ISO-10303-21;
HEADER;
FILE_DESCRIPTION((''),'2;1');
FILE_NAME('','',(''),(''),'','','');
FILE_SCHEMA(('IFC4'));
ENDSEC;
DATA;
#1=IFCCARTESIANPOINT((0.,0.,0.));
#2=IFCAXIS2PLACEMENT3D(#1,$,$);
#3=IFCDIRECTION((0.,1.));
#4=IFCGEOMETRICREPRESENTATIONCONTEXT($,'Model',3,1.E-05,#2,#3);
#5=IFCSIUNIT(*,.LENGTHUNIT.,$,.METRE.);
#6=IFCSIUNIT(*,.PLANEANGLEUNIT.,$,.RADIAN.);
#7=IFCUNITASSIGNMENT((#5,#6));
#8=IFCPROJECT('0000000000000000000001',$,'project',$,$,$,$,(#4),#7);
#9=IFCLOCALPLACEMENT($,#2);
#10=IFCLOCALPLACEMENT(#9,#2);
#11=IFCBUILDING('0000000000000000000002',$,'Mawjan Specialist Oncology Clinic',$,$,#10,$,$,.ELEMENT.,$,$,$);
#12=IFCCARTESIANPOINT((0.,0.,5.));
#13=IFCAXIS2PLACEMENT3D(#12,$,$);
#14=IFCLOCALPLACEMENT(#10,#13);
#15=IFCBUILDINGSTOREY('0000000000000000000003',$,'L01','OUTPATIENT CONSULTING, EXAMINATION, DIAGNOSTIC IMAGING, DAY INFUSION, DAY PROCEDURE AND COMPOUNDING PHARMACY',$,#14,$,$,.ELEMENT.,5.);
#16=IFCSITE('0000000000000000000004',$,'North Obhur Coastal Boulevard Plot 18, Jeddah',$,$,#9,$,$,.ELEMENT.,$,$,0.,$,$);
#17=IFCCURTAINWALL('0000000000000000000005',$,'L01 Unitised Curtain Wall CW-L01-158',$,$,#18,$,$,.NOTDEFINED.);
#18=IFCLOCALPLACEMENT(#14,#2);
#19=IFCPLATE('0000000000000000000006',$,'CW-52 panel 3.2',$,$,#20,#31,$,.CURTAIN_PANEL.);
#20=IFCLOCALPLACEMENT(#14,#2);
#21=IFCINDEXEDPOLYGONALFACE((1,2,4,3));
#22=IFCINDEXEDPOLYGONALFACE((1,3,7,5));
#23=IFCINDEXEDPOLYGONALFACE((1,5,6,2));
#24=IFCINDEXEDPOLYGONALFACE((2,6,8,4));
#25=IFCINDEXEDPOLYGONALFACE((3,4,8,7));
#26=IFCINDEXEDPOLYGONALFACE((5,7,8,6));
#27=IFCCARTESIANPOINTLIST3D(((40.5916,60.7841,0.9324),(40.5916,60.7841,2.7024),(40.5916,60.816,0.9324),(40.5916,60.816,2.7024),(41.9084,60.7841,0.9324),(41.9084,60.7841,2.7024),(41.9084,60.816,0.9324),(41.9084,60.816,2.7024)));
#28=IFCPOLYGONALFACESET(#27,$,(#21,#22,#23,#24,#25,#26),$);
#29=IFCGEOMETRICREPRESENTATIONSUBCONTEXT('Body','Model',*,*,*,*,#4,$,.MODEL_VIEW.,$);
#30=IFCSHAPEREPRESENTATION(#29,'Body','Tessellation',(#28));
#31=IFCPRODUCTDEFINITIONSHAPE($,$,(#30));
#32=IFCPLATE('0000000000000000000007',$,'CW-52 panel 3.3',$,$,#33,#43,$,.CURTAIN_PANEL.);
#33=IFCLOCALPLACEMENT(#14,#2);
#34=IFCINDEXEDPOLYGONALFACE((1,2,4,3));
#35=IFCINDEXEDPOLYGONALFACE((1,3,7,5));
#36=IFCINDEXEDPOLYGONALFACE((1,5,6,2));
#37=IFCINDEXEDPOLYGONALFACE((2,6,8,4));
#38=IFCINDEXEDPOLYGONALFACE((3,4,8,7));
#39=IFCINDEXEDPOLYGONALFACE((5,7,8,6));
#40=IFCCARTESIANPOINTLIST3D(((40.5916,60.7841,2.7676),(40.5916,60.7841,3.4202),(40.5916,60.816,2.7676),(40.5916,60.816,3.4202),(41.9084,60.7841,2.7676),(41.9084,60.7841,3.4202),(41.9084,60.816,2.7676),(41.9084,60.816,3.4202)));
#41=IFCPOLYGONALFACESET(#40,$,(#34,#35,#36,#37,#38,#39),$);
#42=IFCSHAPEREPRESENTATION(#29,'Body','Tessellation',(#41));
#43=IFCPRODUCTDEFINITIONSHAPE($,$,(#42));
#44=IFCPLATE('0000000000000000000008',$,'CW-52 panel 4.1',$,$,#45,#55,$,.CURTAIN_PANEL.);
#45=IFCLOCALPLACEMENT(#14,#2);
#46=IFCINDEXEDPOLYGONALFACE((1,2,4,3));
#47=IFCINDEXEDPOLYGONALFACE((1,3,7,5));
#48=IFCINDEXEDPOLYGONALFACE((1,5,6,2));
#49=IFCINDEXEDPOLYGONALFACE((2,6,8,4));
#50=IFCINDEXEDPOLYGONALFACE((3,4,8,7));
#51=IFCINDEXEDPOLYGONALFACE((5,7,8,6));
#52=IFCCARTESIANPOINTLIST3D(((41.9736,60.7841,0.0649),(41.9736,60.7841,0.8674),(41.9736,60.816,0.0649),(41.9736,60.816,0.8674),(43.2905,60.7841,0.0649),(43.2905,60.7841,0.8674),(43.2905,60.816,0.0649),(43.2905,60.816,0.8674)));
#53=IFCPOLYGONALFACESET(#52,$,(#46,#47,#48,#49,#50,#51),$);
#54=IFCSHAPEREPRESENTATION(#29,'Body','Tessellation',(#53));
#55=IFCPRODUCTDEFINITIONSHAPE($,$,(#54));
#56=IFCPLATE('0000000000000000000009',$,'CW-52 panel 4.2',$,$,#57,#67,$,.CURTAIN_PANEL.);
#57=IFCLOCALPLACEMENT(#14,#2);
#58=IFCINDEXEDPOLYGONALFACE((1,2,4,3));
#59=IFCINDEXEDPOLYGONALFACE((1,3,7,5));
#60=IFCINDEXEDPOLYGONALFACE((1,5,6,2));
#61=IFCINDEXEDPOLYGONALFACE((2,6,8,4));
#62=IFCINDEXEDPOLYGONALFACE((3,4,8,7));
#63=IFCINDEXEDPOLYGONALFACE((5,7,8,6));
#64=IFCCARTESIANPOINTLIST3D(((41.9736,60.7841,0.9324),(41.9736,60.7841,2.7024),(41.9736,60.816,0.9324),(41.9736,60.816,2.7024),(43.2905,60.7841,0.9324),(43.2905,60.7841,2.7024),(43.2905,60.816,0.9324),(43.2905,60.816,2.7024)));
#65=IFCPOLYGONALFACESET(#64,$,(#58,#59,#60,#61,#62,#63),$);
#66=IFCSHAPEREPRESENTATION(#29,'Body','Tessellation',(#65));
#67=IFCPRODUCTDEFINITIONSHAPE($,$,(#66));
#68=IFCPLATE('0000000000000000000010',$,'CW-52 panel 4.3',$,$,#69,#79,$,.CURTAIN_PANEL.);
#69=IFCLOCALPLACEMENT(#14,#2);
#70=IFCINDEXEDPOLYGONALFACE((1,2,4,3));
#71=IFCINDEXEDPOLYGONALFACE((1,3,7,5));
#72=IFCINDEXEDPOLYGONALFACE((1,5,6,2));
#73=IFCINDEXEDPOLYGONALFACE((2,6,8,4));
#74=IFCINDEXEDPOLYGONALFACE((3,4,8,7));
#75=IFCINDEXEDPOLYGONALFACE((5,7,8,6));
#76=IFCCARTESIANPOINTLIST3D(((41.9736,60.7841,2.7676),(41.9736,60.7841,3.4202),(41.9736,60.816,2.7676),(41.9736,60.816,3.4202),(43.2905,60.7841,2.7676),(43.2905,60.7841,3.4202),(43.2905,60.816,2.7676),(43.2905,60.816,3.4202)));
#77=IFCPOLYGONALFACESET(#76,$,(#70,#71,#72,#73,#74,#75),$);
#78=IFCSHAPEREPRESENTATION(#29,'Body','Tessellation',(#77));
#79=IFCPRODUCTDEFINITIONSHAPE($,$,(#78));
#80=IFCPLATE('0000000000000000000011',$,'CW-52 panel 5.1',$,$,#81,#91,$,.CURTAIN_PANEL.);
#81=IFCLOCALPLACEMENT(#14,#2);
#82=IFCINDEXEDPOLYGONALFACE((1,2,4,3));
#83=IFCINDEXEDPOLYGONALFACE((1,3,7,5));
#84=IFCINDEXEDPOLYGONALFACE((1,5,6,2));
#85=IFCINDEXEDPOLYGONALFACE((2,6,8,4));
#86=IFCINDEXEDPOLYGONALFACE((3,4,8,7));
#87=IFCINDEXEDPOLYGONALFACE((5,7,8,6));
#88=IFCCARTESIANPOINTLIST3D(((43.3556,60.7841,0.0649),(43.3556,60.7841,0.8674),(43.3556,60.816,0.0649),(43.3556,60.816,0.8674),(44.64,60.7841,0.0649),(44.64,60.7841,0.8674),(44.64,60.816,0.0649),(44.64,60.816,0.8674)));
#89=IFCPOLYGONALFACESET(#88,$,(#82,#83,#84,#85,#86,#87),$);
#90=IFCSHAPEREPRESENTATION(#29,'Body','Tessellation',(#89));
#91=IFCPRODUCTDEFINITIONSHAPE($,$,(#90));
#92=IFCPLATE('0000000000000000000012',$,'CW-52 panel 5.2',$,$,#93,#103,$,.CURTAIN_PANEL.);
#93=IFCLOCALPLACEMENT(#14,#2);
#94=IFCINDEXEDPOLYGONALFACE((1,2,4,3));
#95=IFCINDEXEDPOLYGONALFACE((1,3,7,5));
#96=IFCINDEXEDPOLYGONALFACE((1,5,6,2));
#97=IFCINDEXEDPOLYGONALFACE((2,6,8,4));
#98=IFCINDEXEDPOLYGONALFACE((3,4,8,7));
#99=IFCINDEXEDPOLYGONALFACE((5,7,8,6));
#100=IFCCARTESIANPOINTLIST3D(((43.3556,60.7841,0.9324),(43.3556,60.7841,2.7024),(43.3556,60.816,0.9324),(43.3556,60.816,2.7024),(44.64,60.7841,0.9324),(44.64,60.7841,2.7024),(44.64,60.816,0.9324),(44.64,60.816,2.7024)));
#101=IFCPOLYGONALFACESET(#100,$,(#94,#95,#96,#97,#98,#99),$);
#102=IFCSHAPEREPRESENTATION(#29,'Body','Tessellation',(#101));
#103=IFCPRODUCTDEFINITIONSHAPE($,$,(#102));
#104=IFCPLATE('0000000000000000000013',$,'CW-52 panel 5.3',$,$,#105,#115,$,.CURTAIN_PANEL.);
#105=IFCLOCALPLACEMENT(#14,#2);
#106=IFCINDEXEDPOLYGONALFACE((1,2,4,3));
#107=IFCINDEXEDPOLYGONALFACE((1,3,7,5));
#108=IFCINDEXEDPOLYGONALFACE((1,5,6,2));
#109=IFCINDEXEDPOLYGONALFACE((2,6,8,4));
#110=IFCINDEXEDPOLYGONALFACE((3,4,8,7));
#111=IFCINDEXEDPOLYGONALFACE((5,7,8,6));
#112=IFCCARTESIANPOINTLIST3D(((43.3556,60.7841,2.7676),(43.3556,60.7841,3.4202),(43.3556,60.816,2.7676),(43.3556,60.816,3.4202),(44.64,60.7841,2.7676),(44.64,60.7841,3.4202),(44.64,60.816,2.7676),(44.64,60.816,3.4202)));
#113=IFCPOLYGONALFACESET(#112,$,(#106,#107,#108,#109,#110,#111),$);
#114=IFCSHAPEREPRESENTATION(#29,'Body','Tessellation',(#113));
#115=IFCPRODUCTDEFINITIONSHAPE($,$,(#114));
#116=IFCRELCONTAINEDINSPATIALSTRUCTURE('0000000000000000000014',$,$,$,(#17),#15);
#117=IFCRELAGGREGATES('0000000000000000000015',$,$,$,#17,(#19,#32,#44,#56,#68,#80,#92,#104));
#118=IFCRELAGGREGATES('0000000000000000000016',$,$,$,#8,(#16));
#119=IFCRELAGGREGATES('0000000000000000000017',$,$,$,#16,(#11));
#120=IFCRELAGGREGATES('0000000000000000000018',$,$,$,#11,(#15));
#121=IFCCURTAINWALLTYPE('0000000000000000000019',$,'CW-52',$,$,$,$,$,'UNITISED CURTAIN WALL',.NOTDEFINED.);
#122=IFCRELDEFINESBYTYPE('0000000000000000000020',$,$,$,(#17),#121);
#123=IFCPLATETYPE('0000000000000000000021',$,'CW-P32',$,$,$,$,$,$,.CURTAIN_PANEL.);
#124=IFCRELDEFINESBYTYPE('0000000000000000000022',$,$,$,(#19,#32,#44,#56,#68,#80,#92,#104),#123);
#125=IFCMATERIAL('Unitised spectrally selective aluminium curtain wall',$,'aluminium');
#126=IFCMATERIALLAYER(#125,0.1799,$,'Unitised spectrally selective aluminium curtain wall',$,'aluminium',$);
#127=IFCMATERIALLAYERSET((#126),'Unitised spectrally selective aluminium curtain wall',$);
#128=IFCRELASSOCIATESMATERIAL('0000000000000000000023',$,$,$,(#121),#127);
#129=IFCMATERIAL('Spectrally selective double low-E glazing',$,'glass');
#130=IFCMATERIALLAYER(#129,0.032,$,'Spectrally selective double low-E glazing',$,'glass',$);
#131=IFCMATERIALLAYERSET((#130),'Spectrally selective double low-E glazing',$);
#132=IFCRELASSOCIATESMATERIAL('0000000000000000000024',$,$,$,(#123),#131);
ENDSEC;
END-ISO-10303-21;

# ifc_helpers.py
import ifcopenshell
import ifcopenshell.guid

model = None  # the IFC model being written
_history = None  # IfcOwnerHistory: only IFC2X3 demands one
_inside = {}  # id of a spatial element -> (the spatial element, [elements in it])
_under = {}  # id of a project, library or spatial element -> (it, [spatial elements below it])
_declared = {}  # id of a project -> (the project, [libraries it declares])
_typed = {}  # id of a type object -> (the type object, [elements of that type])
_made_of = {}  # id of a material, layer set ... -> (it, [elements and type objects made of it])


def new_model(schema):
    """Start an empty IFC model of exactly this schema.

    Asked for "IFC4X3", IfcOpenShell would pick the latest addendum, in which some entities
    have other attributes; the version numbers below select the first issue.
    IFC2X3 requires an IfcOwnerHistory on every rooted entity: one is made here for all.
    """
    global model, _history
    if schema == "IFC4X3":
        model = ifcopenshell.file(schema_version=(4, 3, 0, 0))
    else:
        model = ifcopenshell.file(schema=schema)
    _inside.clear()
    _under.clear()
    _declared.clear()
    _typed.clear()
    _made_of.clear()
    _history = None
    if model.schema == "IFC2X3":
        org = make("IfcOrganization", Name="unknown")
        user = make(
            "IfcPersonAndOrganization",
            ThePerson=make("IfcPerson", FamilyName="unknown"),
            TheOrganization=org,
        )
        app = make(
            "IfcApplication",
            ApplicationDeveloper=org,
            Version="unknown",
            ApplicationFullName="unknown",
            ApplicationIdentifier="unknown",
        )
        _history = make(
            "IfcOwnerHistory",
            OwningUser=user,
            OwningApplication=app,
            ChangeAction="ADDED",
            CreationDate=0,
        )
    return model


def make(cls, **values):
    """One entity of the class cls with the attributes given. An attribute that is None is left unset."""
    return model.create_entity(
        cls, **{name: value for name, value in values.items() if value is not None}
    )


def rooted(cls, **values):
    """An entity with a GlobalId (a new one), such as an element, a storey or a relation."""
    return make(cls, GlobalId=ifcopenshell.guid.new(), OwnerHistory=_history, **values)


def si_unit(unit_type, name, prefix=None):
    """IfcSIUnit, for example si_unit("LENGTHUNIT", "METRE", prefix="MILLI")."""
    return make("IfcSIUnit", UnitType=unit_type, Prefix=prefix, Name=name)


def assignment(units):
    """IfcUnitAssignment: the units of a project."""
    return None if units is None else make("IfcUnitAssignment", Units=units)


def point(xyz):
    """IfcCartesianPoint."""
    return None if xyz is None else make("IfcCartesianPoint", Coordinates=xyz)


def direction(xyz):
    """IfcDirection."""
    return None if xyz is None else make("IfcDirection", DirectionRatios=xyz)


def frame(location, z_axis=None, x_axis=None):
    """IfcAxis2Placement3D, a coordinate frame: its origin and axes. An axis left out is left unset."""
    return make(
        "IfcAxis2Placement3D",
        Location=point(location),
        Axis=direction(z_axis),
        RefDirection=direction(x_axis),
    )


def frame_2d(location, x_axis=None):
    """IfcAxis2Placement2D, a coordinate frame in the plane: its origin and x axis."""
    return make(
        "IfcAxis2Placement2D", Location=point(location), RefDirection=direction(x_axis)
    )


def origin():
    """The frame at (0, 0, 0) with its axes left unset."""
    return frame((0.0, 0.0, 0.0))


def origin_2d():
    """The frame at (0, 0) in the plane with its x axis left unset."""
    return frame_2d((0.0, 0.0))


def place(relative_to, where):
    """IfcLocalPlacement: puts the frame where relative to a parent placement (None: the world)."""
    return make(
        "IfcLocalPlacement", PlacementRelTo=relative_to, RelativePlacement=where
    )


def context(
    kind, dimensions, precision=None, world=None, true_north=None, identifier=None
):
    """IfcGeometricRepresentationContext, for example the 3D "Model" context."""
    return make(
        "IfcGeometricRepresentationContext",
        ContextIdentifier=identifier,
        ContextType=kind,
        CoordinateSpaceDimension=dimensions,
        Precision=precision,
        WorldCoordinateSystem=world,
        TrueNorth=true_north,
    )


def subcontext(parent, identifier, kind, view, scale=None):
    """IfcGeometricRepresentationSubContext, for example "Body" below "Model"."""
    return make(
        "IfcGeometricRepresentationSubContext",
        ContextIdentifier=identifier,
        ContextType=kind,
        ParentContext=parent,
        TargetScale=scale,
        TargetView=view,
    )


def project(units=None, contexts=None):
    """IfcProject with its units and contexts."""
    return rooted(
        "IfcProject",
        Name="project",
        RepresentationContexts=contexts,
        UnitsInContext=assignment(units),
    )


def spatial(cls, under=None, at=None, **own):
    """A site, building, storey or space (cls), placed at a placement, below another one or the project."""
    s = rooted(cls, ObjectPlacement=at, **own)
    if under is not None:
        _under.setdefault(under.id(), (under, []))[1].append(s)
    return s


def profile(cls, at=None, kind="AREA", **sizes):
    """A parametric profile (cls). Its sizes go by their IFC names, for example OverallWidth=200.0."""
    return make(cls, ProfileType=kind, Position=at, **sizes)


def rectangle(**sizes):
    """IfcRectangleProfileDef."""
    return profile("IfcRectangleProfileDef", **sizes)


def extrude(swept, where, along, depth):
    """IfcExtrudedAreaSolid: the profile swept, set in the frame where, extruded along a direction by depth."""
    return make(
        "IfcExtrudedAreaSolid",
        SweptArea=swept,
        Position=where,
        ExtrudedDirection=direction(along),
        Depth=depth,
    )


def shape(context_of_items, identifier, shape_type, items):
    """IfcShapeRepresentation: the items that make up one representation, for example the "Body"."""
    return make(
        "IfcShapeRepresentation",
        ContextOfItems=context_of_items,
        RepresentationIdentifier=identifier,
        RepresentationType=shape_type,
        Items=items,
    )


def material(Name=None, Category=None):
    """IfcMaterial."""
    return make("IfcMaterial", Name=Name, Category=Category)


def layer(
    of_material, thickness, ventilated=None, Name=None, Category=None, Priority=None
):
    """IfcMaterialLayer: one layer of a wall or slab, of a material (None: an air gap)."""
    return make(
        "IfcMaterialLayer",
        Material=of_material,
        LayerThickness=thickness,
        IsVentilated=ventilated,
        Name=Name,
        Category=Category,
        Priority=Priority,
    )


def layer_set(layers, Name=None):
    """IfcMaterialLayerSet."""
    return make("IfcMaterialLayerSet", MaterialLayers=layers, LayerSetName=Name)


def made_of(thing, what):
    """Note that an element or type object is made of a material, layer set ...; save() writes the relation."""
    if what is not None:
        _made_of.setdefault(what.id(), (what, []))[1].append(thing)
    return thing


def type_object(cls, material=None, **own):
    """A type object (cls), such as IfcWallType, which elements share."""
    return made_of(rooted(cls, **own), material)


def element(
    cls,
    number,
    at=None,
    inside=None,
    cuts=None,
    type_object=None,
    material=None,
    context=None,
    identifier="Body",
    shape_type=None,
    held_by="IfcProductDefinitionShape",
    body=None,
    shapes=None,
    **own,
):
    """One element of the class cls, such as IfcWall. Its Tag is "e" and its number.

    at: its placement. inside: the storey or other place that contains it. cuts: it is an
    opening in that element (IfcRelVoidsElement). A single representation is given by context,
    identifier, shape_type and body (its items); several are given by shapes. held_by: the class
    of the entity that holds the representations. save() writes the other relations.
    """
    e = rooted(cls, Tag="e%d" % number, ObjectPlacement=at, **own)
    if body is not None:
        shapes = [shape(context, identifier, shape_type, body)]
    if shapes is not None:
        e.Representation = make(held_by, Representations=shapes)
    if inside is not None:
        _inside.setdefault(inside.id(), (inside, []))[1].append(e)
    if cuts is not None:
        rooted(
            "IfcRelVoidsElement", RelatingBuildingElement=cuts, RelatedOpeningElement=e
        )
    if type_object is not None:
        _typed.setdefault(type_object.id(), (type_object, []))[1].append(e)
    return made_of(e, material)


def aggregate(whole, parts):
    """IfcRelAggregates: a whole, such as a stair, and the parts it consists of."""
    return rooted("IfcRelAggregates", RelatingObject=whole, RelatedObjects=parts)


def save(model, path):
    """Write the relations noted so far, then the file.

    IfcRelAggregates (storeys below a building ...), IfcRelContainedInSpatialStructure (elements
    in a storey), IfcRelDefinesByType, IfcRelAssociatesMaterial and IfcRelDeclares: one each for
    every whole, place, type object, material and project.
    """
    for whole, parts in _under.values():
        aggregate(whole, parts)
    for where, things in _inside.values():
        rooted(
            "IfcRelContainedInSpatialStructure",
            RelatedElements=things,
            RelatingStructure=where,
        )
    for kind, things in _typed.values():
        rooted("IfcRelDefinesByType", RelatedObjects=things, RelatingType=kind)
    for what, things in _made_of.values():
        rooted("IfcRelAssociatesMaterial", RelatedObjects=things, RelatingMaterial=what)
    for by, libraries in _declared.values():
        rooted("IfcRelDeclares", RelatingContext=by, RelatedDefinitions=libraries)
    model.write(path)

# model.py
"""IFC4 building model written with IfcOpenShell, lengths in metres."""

from ifc_helpers import new_model, si_unit, direction, frame, origin, origin_2d, place, context, subcontext, project, spatial, rectangle, extrude, material, layer, layer_set, type_object, element, aggregate, save


model = new_model("IFC4")

# Units and contexts
model_context = context("Model", 3, precision=1e-05, world=origin(), true_north=direction((0.0, 1.0)))
body_context = subcontext(model_context, "Body", "Model", "MODEL_VIEW")
ifc_project = project(units=[si_unit("LENGTHUNIT", "METRE"), si_unit("PLANEANGLEUNIT", "RADIAN")], contexts=[model_context])

# Site, building, storey
site_placement = place(None, origin())
site = spatial("IfcSite", under=ifc_project, at=site_placement, Name="North Obhur Coastal Boulevard Plot 18, Jeddah", CompositionType="ELEMENT", RefElevation=0.0)
building_placement = place(site_placement, origin())
building = spatial("IfcBuilding", under=site, at=building_placement, Name="Mawjan Specialist Oncology Clinic", CompositionType="ELEMENT")
storey_placement = place(building_placement, frame((0.0, 0.0, 5.0)))
storey = spatial("IfcBuildingStorey", under=building, at=storey_placement, Name="L01", Description="OUTPATIENT CONSULTING, EXAMINATION, DIAGNOSTIC IMAGING, DAY INFUSION, DAY PROCEDURE AND COMPOUNDING PHARMACY", CompositionType="ELEMENT", Elevation=5.0)

# Curtain wall
ifc_material_1 = material(Name="Unitised spectrally selective aluminium curtain wall", Category="aluminium")
ifc_layer_1 = layer(ifc_material_1, 0.1799, Name="Unitised spectrally selective aluminium curtain wall", Category="aluminium")
ifc_layer_set_1 = layer_set([ifc_layer_1], Name="Unitised spectrally selective aluminium curtain wall")
curtain_wall_type = type_object("IfcCurtainWallType", Name="CW-52", ElementType="UNITISED CURTAIN WALL", PredefinedType="NOTDEFINED", material=ifc_layer_set_1)
curtain_wall_placement = place(storey_placement, origin())
curtain_wall = element("IfcCurtainWall", 1, at=curtain_wall_placement, inside=storey, type_object=curtain_wall_type, Name="L01 Unitised Curtain Wall CW-L01-158", PredefinedType="NOTDEFINED")

# Plates
ifc_material_2 = material(Name="Spectrally selective double low-E glazing", Category="glass")
ifc_layer_2 = layer(ifc_material_2, 0.032, Name="Spectrally selective double low-E glazing", Category="glass")
ifc_layer_set_2 = layer_set([ifc_layer_2], Name="Spectrally selective double low-E glazing")
plate_type = type_object("IfcPlateType", Name="CW-P32", PredefinedType="CURTAIN_PANEL", material=ifc_layer_set_2)
plate_1_placement = place(storey_placement, frame((41.25, 60.8, 0.9324), z_axis=(0.0, 0.0, 1.0), x_axis=(1.0, 0.0, 0.0)))
plate_1 = element("IfcPlate", 2, at=plate_1_placement, type_object=plate_type, Name="CW-52 panel 3.2", PredefinedType="CURTAIN_PANEL", context=body_context, shape_type="SweptSolid", body=[
    extrude(rectangle(XDim=1.3169, YDim=0.032, at=origin_2d()), origin(), (0.0, 0.0, 1.0), 1.77),
])
plate_2_placement = place(storey_placement, frame((41.25, 60.8, 2.7676), z_axis=(0.0, 0.0, 1.0), x_axis=(1.0, 0.0, 0.0)))
plate_2 = element("IfcPlate", 3, at=plate_2_placement, type_object=plate_type, Name="CW-52 panel 3.3", PredefinedType="CURTAIN_PANEL", context=body_context, shape_type="SweptSolid", body=[
    extrude(rectangle(XDim=1.3169, YDim=0.032, at=origin_2d()), origin(), (0.0, 0.0, 1.0), 0.6526),
])
plate_3_placement = place(storey_placement, frame((42.6321, 60.8, 0.0649), z_axis=(0.0, 0.0, 1.0), x_axis=(1.0, 0.0, 0.0)))
plate_3 = element("IfcPlate", 4, at=plate_3_placement, type_object=plate_type, Name="CW-52 panel 4.1", PredefinedType="CURTAIN_PANEL", context=body_context, shape_type="SweptSolid", body=[
    extrude(rectangle(XDim=1.3169, YDim=0.032, at=origin_2d()), origin(), (0.0, 0.0, 1.0), 0.8025),
])
plate_4_placement = place(storey_placement, frame((42.6321, 60.8, 0.9324), z_axis=(0.0, 0.0, 1.0), x_axis=(1.0, 0.0, 0.0)))
plate_4 = element("IfcPlate", 5, at=plate_4_placement, type_object=plate_type, Name="CW-52 panel 4.2", PredefinedType="CURTAIN_PANEL", context=body_context, shape_type="SweptSolid", body=[
    extrude(rectangle(XDim=1.3169, YDim=0.032, at=origin_2d()), origin(), (0.0, 0.0, 1.0), 1.77),
])
plate_5_placement = place(storey_placement, frame((42.6321, 60.8, 2.7676), z_axis=(0.0, 0.0, 1.0), x_axis=(1.0, 0.0, 0.0)))
plate_5 = element("IfcPlate", 6, at=plate_5_placement, type_object=plate_type, Name="CW-52 panel 4.3", PredefinedType="CURTAIN_PANEL", context=body_context, shape_type="SweptSolid", body=[
    extrude(rectangle(XDim=1.3169, YDim=0.032, at=origin_2d()), origin(), (0.0, 0.0, 1.0), 0.6526),
])
plate_6_placement = place(storey_placement, frame((43.9978, 60.8, 0.0649), z_axis=(0.0, 0.0, 1.0), x_axis=(1.0, 0.0, 0.0)))
plate_6 = element("IfcPlate", 7, at=plate_6_placement, type_object=plate_type, Name="CW-52 panel 5.1", PredefinedType="CURTAIN_PANEL", context=body_context, shape_type="SweptSolid", body=[
    extrude(rectangle(XDim=1.2844, YDim=0.032, at=origin_2d()), origin(), (0.0, 0.0, 1.0), 0.8025),
])
plate_7_placement = place(storey_placement, frame((43.9978, 60.8, 0.9324), z_axis=(0.0, 0.0, 1.0), x_axis=(1.0, 0.0, 0.0)))
plate_7 = element("IfcPlate", 8, at=plate_7_placement, type_object=plate_type, Name="CW-52 panel 5.2", PredefinedType="CURTAIN_PANEL", context=body_context, shape_type="SweptSolid", body=[
    extrude(rectangle(XDim=1.2844, YDim=0.032, at=origin_2d()), origin(), (0.0, 0.0, 1.0), 1.77),
])
plate_8_placement = place(storey_placement, frame((43.9978, 60.8, 2.7676), z_axis=(0.0, 0.0, 1.0), x_axis=(1.0, 0.0, 0.0)))
plate_8 = element("IfcPlate", 9, at=plate_8_placement, type_object=plate_type, Name="CW-52 panel 5.3", PredefinedType="CURTAIN_PANEL", context=body_context, shape_type="SweptSolid", body=[
    extrude(rectangle(XDim=1.2844, YDim=0.032, at=origin_2d()), origin(), (0.0, 0.0, 1.0), 0.6526),
])
aggregate(curtain_wall, [plate_1, plate_2, plate_3, plate_4, plate_5, plate_6, plate_7, plate_8])

save(model, "model.ifc")
